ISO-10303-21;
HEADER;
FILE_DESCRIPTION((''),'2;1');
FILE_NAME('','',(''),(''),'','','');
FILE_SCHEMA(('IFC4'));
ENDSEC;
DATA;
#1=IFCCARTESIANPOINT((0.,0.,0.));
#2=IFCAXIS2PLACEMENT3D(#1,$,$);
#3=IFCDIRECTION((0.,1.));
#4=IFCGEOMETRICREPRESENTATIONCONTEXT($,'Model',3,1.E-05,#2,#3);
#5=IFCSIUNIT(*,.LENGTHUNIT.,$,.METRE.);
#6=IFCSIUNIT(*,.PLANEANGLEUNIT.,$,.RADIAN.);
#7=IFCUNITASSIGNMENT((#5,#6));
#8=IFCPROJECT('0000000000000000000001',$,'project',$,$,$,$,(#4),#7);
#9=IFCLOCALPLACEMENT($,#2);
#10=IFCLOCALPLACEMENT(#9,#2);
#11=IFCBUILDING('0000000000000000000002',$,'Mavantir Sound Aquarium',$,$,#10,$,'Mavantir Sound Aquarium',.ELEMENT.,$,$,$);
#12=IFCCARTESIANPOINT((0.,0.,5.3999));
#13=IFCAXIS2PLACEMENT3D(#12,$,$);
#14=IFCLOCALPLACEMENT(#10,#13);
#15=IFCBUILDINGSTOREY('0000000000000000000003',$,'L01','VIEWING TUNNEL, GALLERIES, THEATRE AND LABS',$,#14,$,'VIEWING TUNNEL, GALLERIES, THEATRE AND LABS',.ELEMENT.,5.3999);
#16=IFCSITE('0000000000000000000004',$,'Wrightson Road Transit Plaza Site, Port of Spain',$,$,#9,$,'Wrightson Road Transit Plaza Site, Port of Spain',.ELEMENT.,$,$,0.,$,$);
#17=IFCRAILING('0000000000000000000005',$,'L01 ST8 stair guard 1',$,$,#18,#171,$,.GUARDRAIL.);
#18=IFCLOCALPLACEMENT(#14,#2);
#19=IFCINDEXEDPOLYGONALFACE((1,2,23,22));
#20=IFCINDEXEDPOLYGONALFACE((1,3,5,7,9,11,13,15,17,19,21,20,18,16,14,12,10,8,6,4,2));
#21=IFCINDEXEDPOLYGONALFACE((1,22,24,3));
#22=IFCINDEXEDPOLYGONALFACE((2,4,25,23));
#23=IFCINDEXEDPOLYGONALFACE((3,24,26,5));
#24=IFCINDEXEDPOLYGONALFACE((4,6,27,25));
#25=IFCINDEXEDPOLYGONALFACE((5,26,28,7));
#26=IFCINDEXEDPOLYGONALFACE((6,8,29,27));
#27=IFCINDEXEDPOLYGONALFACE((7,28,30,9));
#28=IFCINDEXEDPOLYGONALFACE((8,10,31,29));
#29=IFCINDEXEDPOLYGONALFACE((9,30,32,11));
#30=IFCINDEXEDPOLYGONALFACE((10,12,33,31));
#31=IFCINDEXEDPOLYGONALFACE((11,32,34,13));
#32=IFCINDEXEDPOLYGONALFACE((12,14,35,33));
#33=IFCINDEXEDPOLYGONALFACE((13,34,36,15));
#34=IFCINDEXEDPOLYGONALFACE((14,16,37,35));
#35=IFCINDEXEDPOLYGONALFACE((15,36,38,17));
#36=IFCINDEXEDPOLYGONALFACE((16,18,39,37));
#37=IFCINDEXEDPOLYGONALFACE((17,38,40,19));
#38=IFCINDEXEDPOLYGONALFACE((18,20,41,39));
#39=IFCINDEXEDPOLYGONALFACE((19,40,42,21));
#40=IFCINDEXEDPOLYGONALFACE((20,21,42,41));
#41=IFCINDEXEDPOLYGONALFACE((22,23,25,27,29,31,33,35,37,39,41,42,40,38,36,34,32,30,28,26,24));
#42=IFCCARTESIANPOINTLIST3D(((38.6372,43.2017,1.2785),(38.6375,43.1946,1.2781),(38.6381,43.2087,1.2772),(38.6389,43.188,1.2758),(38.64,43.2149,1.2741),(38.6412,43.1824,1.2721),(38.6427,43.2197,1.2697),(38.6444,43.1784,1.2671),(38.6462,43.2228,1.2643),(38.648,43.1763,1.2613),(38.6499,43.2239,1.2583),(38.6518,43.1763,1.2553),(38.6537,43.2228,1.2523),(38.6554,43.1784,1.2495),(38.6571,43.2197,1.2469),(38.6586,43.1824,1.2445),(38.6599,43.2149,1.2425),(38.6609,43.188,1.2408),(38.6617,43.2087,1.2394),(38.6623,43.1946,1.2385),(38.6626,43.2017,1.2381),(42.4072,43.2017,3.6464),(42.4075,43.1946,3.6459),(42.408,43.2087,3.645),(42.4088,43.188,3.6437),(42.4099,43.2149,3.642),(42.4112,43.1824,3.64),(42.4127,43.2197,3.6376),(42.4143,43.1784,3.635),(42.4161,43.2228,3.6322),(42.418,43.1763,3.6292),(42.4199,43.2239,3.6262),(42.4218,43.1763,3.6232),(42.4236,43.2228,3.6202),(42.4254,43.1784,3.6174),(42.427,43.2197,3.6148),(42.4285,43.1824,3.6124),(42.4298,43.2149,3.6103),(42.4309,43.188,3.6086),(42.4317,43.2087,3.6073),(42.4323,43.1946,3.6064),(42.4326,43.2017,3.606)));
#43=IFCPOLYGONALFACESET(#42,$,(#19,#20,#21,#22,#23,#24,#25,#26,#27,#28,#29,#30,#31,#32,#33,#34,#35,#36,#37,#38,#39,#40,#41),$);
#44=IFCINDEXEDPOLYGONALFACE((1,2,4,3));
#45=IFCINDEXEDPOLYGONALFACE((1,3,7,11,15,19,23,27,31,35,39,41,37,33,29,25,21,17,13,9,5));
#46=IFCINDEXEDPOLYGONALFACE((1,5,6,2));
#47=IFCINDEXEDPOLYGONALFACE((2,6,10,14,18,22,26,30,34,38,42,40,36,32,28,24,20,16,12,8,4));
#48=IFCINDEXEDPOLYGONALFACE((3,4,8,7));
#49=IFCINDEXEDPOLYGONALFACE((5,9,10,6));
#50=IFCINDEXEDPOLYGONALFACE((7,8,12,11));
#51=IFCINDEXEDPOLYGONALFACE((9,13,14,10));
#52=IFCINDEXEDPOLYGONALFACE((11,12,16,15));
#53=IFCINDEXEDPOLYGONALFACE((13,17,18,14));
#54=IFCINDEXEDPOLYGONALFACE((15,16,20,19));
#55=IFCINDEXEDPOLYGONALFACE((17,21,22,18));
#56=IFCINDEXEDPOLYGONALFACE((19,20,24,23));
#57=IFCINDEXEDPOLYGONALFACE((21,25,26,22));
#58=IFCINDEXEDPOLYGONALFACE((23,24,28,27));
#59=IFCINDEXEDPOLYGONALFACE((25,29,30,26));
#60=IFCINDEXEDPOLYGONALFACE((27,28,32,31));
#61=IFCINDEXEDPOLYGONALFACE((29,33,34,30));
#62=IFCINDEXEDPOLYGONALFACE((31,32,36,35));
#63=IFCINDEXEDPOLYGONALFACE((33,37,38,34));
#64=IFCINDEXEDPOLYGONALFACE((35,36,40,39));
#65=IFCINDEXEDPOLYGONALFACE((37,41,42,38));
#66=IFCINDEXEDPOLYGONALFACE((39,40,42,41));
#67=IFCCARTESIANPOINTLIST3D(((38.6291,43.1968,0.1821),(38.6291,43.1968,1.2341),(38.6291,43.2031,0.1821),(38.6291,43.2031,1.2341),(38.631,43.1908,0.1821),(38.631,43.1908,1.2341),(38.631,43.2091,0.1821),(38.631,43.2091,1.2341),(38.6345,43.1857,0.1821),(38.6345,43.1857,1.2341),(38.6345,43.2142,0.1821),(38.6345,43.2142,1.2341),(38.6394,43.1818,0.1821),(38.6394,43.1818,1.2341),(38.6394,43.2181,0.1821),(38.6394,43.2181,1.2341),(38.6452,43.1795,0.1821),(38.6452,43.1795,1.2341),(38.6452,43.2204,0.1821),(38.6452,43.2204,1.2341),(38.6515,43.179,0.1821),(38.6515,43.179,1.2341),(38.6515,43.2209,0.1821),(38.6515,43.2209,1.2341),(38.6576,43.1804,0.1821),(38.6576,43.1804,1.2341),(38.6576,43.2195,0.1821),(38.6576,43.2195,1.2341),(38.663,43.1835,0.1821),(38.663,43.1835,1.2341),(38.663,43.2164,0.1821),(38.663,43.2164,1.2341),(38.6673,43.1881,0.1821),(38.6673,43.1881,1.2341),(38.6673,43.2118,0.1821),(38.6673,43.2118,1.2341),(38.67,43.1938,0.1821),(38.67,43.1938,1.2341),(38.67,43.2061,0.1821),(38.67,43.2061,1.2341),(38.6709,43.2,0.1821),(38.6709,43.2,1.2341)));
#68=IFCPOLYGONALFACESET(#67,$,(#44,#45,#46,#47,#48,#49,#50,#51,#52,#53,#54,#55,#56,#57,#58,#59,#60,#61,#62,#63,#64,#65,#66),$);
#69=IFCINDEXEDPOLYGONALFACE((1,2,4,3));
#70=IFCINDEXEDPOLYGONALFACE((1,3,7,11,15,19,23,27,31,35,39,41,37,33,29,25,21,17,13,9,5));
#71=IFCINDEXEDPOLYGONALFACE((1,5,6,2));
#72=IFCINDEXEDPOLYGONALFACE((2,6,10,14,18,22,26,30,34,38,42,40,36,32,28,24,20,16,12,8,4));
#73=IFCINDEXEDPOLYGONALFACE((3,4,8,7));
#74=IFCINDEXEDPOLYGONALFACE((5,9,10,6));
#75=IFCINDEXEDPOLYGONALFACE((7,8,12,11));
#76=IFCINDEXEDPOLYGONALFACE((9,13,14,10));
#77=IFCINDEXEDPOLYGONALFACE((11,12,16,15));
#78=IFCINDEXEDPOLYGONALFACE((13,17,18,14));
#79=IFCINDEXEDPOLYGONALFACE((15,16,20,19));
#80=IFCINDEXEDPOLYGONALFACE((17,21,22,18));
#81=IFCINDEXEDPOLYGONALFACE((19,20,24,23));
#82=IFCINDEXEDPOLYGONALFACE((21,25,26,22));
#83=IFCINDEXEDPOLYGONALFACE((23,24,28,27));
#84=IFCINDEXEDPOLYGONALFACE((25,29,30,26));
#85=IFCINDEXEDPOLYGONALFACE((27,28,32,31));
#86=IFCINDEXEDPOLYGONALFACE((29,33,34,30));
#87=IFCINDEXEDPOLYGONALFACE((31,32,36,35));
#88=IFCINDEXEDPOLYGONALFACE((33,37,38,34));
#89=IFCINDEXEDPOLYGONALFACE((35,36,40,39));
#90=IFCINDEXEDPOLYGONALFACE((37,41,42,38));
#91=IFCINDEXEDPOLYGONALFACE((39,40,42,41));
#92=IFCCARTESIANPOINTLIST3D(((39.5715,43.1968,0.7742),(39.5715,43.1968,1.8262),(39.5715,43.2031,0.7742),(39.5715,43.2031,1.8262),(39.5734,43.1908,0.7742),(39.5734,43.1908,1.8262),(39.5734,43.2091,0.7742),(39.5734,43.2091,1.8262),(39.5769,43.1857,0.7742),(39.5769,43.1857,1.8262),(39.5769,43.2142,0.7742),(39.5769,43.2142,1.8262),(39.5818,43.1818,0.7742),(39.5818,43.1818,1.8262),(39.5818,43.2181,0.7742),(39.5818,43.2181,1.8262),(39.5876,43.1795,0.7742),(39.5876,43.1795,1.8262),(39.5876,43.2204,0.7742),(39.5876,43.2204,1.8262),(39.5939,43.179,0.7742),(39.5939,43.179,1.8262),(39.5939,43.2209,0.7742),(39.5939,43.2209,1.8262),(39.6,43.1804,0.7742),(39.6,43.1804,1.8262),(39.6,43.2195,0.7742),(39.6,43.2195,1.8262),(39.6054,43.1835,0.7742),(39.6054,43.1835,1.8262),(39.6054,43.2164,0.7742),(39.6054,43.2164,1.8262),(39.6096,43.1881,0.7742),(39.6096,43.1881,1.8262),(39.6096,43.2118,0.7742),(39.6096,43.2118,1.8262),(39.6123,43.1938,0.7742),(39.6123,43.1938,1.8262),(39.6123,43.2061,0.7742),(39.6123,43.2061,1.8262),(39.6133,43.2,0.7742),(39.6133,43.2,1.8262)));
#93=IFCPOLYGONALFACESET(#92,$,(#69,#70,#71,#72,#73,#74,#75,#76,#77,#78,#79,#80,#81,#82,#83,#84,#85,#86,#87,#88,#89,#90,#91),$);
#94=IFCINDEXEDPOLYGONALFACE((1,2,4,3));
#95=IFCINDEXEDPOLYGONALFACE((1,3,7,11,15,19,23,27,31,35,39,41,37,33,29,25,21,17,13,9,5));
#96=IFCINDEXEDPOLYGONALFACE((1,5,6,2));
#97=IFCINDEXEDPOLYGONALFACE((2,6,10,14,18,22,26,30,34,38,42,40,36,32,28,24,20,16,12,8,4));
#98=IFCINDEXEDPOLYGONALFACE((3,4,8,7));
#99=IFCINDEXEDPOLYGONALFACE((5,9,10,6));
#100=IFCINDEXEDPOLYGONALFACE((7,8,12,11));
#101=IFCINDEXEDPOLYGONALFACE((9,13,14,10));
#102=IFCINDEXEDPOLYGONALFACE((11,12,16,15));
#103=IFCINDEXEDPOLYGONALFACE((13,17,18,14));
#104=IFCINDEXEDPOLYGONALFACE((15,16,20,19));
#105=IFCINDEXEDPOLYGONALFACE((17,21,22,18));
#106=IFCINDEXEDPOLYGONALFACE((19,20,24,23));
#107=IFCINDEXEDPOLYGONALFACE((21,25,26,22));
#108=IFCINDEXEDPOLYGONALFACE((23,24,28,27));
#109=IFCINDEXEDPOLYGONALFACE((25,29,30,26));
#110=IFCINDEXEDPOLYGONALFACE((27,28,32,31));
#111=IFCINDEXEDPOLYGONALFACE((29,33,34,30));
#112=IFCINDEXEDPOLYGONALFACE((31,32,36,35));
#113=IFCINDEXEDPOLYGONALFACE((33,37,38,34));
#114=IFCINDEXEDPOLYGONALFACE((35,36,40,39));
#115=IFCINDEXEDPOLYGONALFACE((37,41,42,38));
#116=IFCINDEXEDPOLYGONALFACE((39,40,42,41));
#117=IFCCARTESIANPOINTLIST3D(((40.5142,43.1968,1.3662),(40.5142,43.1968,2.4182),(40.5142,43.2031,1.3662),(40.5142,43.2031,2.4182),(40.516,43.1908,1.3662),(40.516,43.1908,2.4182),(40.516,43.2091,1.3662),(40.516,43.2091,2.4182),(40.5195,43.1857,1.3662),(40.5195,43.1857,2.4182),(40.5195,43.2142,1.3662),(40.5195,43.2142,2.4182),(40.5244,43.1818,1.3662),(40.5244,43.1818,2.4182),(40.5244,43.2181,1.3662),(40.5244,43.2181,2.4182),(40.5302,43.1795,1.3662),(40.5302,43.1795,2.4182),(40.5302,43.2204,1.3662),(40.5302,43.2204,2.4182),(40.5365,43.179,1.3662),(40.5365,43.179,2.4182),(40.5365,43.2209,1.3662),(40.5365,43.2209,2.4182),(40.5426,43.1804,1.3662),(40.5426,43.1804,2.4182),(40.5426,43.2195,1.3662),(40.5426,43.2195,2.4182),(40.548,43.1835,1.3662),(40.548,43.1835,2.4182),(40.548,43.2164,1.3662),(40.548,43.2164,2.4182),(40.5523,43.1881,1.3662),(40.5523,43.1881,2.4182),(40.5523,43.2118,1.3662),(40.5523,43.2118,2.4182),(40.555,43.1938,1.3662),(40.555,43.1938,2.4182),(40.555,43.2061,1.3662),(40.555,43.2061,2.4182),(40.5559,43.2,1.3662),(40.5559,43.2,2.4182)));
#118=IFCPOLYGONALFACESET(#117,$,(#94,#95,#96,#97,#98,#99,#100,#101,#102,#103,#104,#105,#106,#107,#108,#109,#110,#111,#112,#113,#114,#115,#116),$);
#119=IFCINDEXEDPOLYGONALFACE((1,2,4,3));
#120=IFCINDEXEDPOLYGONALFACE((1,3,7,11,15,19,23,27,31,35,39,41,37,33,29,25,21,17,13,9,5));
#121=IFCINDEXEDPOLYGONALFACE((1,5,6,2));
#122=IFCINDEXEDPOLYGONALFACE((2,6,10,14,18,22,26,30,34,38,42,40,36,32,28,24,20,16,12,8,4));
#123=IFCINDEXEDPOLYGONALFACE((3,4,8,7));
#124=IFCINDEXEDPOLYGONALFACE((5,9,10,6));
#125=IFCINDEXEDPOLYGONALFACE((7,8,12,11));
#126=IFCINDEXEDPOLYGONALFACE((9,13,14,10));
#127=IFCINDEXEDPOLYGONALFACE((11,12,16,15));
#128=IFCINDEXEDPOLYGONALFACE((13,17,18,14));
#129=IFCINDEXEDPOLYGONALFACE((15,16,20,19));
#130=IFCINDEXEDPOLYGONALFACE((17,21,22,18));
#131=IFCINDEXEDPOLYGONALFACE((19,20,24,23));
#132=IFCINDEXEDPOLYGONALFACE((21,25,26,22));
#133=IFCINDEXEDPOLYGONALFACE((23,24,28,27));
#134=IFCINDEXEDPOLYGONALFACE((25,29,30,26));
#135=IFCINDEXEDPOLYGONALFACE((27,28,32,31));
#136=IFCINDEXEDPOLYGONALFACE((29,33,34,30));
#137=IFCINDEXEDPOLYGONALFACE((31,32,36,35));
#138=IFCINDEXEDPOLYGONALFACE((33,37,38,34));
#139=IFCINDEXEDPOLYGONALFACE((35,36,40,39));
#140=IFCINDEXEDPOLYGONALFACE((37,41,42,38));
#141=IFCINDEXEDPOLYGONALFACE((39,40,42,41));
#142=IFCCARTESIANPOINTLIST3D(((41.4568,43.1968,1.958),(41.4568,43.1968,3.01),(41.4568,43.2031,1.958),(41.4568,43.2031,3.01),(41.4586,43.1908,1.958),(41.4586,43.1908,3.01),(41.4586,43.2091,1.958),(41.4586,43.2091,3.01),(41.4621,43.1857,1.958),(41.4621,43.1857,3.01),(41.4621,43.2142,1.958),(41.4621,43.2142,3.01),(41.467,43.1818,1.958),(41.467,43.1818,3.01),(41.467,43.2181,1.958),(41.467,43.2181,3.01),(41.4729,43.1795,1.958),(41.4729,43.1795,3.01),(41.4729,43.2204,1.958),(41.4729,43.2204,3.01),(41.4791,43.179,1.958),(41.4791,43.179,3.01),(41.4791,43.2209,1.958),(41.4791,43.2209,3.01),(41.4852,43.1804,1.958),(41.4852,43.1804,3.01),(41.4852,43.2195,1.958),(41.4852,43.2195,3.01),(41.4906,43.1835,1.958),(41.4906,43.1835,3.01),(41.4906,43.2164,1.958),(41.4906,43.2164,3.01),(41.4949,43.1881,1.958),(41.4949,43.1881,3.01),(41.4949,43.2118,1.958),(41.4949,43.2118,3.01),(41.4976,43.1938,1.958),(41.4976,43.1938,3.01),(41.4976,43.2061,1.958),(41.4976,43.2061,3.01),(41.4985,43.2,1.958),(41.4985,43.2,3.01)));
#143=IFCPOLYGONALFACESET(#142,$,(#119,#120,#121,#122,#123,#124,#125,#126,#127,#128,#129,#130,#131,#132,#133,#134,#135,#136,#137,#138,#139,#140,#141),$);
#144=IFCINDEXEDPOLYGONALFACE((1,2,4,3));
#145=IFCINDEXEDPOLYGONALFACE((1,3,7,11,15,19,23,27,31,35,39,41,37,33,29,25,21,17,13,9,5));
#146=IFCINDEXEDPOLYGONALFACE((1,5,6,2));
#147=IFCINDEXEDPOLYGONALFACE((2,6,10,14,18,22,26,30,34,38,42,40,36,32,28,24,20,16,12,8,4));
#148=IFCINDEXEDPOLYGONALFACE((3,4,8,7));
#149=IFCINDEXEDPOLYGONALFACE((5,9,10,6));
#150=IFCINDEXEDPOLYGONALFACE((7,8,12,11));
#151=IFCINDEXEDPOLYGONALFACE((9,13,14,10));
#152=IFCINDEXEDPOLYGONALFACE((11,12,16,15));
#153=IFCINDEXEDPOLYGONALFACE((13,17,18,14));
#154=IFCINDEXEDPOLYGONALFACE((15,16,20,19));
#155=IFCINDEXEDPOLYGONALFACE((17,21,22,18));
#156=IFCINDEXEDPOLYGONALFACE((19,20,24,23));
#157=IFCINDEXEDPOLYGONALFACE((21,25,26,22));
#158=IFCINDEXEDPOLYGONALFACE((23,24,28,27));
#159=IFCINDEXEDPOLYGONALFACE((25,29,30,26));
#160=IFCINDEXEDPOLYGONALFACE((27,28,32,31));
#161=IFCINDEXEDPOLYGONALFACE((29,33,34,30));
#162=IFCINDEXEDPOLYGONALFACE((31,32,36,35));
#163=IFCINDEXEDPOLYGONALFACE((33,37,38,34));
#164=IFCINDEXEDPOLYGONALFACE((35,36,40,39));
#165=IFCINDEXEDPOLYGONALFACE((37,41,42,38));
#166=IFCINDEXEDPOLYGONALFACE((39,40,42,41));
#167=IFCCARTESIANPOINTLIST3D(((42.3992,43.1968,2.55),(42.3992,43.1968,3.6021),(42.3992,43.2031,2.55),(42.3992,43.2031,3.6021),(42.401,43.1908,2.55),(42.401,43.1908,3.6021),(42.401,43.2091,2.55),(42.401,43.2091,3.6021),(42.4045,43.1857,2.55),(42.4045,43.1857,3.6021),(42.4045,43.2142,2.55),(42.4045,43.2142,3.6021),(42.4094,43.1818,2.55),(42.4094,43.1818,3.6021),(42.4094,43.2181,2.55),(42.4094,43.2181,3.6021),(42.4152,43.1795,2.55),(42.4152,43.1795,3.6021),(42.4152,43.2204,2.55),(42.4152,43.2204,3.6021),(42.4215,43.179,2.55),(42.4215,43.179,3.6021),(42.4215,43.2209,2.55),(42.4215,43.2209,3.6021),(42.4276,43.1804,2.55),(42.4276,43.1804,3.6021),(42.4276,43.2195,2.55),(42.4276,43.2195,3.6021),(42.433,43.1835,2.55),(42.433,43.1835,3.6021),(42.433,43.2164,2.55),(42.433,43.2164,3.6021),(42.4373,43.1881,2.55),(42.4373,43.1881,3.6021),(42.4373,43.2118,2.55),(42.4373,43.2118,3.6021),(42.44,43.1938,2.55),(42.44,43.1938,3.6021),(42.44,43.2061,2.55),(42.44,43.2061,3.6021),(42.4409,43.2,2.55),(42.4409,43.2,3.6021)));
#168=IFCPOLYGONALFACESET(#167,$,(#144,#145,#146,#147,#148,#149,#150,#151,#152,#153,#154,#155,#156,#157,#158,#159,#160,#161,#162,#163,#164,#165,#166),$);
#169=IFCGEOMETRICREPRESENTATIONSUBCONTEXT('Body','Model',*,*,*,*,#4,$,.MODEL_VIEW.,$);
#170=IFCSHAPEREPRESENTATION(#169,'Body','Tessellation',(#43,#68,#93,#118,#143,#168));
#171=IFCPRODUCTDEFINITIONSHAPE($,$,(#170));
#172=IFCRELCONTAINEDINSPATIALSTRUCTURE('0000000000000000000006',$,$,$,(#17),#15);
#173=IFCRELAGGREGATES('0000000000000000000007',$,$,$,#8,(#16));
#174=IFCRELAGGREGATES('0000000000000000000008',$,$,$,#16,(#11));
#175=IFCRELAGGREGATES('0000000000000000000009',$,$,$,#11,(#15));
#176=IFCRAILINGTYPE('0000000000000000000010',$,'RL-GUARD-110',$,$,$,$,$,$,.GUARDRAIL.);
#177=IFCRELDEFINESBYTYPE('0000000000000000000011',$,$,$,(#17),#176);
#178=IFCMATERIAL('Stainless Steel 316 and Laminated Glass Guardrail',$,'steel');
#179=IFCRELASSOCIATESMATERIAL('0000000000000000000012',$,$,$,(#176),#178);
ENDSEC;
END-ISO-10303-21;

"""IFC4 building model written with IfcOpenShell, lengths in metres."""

from ifc_helpers import new_model, si_unit, direction, frame, origin, origin_2d, place, context, subcontext, project, spatial, circle, extrude, material, type_object, element, save


model = new_model("IFC4")

# Units and contexts
model_context = context("Model", 3, precision=1e-05, world=origin(), true_north=direction((0.0, 1.0)))
body_context = subcontext(model_context, "Body", "Model", "MODEL_VIEW")
ifc_project = project(units=[si_unit("LENGTHUNIT", "METRE"), si_unit("PLANEANGLEUNIT", "RADIAN")], contexts=[model_context])

# Site, building, storey
site_placement = place(None, origin())
site = spatial("IfcSite", under=ifc_project, at=site_placement, Name="Wrightson Road Transit Plaza Site, Port of Spain", LongName="Wrightson Road Transit Plaza Site, Port of Spain", CompositionType="ELEMENT", RefElevation=0.0)
building_placement = place(site_placement, origin())
building = spatial("IfcBuilding", under=site, at=building_placement, Name="Mavantir Sound Aquarium", LongName="Mavantir Sound Aquarium", CompositionType="ELEMENT")
storey_placement = place(building_placement, frame((0.0, 0.0, 5.3999)))
storey = spatial("IfcBuildingStorey", under=building, at=storey_placement, Name="L01", Description="VIEWING TUNNEL, GALLERIES, THEATRE AND LABS", LongName="VIEWING TUNNEL, GALLERIES, THEATRE AND LABS", CompositionType="ELEMENT", Elevation=5.3999)

# Railing
ifc_material_1 = material(Name="Stainless Steel 316 and Laminated Glass Guardrail", Category="steel")
railing_type_1 = type_object("IfcRailingType", Name="RL-GUARD-110", PredefinedType="GUARDRAIL", material=ifc_material_1)
railing_1_placement = place(storey_placement, frame((38.6499, 43.2, 0.1821)))
element("IfcRailing", 1, at=railing_1_placement, inside=storey, type_object=railing_type_1, Name="L01 ST8 stair guard 1", PredefinedType="GUARDRAIL", context=body_context, shape_type="SweptSolid", body=[
    extrude(circle(Radius=0.0239, at=origin_2d()), frame((0.0, 0.0, 1.0762), z_axis=(0.846819, 0.0, 0.531881), x_axis=(0.0, 1.0, 0.0)), (0.0, 0.0, 1.0), 4.4519),
    extrude(circle(Radius=0.021, at=origin_2d()), origin(), (0.0, 0.0, 1.0), 1.052),
    extrude(circle(Radius=0.021, at=origin_2d()), frame((0.9424, 0.0, 0.592)), (0.0, 0.0, 1.0), 1.052),
    extrude(circle(Radius=0.021, at=origin_2d()), frame((1.885, 0.0, 1.1841)), (0.0, 0.0, 1.0), 1.052),
    extrude(circle(Radius=0.021, at=origin_2d()), frame((2.8276, 0.0, 1.7759)), (0.0, 0.0, 1.0), 1.052),
    extrude(circle(Radius=0.021, at=origin_2d()), frame((3.77, 0.0, 2.3679)), (0.0, 0.0, 1.0), 1.052),
])

save(model, "model.ifc")
